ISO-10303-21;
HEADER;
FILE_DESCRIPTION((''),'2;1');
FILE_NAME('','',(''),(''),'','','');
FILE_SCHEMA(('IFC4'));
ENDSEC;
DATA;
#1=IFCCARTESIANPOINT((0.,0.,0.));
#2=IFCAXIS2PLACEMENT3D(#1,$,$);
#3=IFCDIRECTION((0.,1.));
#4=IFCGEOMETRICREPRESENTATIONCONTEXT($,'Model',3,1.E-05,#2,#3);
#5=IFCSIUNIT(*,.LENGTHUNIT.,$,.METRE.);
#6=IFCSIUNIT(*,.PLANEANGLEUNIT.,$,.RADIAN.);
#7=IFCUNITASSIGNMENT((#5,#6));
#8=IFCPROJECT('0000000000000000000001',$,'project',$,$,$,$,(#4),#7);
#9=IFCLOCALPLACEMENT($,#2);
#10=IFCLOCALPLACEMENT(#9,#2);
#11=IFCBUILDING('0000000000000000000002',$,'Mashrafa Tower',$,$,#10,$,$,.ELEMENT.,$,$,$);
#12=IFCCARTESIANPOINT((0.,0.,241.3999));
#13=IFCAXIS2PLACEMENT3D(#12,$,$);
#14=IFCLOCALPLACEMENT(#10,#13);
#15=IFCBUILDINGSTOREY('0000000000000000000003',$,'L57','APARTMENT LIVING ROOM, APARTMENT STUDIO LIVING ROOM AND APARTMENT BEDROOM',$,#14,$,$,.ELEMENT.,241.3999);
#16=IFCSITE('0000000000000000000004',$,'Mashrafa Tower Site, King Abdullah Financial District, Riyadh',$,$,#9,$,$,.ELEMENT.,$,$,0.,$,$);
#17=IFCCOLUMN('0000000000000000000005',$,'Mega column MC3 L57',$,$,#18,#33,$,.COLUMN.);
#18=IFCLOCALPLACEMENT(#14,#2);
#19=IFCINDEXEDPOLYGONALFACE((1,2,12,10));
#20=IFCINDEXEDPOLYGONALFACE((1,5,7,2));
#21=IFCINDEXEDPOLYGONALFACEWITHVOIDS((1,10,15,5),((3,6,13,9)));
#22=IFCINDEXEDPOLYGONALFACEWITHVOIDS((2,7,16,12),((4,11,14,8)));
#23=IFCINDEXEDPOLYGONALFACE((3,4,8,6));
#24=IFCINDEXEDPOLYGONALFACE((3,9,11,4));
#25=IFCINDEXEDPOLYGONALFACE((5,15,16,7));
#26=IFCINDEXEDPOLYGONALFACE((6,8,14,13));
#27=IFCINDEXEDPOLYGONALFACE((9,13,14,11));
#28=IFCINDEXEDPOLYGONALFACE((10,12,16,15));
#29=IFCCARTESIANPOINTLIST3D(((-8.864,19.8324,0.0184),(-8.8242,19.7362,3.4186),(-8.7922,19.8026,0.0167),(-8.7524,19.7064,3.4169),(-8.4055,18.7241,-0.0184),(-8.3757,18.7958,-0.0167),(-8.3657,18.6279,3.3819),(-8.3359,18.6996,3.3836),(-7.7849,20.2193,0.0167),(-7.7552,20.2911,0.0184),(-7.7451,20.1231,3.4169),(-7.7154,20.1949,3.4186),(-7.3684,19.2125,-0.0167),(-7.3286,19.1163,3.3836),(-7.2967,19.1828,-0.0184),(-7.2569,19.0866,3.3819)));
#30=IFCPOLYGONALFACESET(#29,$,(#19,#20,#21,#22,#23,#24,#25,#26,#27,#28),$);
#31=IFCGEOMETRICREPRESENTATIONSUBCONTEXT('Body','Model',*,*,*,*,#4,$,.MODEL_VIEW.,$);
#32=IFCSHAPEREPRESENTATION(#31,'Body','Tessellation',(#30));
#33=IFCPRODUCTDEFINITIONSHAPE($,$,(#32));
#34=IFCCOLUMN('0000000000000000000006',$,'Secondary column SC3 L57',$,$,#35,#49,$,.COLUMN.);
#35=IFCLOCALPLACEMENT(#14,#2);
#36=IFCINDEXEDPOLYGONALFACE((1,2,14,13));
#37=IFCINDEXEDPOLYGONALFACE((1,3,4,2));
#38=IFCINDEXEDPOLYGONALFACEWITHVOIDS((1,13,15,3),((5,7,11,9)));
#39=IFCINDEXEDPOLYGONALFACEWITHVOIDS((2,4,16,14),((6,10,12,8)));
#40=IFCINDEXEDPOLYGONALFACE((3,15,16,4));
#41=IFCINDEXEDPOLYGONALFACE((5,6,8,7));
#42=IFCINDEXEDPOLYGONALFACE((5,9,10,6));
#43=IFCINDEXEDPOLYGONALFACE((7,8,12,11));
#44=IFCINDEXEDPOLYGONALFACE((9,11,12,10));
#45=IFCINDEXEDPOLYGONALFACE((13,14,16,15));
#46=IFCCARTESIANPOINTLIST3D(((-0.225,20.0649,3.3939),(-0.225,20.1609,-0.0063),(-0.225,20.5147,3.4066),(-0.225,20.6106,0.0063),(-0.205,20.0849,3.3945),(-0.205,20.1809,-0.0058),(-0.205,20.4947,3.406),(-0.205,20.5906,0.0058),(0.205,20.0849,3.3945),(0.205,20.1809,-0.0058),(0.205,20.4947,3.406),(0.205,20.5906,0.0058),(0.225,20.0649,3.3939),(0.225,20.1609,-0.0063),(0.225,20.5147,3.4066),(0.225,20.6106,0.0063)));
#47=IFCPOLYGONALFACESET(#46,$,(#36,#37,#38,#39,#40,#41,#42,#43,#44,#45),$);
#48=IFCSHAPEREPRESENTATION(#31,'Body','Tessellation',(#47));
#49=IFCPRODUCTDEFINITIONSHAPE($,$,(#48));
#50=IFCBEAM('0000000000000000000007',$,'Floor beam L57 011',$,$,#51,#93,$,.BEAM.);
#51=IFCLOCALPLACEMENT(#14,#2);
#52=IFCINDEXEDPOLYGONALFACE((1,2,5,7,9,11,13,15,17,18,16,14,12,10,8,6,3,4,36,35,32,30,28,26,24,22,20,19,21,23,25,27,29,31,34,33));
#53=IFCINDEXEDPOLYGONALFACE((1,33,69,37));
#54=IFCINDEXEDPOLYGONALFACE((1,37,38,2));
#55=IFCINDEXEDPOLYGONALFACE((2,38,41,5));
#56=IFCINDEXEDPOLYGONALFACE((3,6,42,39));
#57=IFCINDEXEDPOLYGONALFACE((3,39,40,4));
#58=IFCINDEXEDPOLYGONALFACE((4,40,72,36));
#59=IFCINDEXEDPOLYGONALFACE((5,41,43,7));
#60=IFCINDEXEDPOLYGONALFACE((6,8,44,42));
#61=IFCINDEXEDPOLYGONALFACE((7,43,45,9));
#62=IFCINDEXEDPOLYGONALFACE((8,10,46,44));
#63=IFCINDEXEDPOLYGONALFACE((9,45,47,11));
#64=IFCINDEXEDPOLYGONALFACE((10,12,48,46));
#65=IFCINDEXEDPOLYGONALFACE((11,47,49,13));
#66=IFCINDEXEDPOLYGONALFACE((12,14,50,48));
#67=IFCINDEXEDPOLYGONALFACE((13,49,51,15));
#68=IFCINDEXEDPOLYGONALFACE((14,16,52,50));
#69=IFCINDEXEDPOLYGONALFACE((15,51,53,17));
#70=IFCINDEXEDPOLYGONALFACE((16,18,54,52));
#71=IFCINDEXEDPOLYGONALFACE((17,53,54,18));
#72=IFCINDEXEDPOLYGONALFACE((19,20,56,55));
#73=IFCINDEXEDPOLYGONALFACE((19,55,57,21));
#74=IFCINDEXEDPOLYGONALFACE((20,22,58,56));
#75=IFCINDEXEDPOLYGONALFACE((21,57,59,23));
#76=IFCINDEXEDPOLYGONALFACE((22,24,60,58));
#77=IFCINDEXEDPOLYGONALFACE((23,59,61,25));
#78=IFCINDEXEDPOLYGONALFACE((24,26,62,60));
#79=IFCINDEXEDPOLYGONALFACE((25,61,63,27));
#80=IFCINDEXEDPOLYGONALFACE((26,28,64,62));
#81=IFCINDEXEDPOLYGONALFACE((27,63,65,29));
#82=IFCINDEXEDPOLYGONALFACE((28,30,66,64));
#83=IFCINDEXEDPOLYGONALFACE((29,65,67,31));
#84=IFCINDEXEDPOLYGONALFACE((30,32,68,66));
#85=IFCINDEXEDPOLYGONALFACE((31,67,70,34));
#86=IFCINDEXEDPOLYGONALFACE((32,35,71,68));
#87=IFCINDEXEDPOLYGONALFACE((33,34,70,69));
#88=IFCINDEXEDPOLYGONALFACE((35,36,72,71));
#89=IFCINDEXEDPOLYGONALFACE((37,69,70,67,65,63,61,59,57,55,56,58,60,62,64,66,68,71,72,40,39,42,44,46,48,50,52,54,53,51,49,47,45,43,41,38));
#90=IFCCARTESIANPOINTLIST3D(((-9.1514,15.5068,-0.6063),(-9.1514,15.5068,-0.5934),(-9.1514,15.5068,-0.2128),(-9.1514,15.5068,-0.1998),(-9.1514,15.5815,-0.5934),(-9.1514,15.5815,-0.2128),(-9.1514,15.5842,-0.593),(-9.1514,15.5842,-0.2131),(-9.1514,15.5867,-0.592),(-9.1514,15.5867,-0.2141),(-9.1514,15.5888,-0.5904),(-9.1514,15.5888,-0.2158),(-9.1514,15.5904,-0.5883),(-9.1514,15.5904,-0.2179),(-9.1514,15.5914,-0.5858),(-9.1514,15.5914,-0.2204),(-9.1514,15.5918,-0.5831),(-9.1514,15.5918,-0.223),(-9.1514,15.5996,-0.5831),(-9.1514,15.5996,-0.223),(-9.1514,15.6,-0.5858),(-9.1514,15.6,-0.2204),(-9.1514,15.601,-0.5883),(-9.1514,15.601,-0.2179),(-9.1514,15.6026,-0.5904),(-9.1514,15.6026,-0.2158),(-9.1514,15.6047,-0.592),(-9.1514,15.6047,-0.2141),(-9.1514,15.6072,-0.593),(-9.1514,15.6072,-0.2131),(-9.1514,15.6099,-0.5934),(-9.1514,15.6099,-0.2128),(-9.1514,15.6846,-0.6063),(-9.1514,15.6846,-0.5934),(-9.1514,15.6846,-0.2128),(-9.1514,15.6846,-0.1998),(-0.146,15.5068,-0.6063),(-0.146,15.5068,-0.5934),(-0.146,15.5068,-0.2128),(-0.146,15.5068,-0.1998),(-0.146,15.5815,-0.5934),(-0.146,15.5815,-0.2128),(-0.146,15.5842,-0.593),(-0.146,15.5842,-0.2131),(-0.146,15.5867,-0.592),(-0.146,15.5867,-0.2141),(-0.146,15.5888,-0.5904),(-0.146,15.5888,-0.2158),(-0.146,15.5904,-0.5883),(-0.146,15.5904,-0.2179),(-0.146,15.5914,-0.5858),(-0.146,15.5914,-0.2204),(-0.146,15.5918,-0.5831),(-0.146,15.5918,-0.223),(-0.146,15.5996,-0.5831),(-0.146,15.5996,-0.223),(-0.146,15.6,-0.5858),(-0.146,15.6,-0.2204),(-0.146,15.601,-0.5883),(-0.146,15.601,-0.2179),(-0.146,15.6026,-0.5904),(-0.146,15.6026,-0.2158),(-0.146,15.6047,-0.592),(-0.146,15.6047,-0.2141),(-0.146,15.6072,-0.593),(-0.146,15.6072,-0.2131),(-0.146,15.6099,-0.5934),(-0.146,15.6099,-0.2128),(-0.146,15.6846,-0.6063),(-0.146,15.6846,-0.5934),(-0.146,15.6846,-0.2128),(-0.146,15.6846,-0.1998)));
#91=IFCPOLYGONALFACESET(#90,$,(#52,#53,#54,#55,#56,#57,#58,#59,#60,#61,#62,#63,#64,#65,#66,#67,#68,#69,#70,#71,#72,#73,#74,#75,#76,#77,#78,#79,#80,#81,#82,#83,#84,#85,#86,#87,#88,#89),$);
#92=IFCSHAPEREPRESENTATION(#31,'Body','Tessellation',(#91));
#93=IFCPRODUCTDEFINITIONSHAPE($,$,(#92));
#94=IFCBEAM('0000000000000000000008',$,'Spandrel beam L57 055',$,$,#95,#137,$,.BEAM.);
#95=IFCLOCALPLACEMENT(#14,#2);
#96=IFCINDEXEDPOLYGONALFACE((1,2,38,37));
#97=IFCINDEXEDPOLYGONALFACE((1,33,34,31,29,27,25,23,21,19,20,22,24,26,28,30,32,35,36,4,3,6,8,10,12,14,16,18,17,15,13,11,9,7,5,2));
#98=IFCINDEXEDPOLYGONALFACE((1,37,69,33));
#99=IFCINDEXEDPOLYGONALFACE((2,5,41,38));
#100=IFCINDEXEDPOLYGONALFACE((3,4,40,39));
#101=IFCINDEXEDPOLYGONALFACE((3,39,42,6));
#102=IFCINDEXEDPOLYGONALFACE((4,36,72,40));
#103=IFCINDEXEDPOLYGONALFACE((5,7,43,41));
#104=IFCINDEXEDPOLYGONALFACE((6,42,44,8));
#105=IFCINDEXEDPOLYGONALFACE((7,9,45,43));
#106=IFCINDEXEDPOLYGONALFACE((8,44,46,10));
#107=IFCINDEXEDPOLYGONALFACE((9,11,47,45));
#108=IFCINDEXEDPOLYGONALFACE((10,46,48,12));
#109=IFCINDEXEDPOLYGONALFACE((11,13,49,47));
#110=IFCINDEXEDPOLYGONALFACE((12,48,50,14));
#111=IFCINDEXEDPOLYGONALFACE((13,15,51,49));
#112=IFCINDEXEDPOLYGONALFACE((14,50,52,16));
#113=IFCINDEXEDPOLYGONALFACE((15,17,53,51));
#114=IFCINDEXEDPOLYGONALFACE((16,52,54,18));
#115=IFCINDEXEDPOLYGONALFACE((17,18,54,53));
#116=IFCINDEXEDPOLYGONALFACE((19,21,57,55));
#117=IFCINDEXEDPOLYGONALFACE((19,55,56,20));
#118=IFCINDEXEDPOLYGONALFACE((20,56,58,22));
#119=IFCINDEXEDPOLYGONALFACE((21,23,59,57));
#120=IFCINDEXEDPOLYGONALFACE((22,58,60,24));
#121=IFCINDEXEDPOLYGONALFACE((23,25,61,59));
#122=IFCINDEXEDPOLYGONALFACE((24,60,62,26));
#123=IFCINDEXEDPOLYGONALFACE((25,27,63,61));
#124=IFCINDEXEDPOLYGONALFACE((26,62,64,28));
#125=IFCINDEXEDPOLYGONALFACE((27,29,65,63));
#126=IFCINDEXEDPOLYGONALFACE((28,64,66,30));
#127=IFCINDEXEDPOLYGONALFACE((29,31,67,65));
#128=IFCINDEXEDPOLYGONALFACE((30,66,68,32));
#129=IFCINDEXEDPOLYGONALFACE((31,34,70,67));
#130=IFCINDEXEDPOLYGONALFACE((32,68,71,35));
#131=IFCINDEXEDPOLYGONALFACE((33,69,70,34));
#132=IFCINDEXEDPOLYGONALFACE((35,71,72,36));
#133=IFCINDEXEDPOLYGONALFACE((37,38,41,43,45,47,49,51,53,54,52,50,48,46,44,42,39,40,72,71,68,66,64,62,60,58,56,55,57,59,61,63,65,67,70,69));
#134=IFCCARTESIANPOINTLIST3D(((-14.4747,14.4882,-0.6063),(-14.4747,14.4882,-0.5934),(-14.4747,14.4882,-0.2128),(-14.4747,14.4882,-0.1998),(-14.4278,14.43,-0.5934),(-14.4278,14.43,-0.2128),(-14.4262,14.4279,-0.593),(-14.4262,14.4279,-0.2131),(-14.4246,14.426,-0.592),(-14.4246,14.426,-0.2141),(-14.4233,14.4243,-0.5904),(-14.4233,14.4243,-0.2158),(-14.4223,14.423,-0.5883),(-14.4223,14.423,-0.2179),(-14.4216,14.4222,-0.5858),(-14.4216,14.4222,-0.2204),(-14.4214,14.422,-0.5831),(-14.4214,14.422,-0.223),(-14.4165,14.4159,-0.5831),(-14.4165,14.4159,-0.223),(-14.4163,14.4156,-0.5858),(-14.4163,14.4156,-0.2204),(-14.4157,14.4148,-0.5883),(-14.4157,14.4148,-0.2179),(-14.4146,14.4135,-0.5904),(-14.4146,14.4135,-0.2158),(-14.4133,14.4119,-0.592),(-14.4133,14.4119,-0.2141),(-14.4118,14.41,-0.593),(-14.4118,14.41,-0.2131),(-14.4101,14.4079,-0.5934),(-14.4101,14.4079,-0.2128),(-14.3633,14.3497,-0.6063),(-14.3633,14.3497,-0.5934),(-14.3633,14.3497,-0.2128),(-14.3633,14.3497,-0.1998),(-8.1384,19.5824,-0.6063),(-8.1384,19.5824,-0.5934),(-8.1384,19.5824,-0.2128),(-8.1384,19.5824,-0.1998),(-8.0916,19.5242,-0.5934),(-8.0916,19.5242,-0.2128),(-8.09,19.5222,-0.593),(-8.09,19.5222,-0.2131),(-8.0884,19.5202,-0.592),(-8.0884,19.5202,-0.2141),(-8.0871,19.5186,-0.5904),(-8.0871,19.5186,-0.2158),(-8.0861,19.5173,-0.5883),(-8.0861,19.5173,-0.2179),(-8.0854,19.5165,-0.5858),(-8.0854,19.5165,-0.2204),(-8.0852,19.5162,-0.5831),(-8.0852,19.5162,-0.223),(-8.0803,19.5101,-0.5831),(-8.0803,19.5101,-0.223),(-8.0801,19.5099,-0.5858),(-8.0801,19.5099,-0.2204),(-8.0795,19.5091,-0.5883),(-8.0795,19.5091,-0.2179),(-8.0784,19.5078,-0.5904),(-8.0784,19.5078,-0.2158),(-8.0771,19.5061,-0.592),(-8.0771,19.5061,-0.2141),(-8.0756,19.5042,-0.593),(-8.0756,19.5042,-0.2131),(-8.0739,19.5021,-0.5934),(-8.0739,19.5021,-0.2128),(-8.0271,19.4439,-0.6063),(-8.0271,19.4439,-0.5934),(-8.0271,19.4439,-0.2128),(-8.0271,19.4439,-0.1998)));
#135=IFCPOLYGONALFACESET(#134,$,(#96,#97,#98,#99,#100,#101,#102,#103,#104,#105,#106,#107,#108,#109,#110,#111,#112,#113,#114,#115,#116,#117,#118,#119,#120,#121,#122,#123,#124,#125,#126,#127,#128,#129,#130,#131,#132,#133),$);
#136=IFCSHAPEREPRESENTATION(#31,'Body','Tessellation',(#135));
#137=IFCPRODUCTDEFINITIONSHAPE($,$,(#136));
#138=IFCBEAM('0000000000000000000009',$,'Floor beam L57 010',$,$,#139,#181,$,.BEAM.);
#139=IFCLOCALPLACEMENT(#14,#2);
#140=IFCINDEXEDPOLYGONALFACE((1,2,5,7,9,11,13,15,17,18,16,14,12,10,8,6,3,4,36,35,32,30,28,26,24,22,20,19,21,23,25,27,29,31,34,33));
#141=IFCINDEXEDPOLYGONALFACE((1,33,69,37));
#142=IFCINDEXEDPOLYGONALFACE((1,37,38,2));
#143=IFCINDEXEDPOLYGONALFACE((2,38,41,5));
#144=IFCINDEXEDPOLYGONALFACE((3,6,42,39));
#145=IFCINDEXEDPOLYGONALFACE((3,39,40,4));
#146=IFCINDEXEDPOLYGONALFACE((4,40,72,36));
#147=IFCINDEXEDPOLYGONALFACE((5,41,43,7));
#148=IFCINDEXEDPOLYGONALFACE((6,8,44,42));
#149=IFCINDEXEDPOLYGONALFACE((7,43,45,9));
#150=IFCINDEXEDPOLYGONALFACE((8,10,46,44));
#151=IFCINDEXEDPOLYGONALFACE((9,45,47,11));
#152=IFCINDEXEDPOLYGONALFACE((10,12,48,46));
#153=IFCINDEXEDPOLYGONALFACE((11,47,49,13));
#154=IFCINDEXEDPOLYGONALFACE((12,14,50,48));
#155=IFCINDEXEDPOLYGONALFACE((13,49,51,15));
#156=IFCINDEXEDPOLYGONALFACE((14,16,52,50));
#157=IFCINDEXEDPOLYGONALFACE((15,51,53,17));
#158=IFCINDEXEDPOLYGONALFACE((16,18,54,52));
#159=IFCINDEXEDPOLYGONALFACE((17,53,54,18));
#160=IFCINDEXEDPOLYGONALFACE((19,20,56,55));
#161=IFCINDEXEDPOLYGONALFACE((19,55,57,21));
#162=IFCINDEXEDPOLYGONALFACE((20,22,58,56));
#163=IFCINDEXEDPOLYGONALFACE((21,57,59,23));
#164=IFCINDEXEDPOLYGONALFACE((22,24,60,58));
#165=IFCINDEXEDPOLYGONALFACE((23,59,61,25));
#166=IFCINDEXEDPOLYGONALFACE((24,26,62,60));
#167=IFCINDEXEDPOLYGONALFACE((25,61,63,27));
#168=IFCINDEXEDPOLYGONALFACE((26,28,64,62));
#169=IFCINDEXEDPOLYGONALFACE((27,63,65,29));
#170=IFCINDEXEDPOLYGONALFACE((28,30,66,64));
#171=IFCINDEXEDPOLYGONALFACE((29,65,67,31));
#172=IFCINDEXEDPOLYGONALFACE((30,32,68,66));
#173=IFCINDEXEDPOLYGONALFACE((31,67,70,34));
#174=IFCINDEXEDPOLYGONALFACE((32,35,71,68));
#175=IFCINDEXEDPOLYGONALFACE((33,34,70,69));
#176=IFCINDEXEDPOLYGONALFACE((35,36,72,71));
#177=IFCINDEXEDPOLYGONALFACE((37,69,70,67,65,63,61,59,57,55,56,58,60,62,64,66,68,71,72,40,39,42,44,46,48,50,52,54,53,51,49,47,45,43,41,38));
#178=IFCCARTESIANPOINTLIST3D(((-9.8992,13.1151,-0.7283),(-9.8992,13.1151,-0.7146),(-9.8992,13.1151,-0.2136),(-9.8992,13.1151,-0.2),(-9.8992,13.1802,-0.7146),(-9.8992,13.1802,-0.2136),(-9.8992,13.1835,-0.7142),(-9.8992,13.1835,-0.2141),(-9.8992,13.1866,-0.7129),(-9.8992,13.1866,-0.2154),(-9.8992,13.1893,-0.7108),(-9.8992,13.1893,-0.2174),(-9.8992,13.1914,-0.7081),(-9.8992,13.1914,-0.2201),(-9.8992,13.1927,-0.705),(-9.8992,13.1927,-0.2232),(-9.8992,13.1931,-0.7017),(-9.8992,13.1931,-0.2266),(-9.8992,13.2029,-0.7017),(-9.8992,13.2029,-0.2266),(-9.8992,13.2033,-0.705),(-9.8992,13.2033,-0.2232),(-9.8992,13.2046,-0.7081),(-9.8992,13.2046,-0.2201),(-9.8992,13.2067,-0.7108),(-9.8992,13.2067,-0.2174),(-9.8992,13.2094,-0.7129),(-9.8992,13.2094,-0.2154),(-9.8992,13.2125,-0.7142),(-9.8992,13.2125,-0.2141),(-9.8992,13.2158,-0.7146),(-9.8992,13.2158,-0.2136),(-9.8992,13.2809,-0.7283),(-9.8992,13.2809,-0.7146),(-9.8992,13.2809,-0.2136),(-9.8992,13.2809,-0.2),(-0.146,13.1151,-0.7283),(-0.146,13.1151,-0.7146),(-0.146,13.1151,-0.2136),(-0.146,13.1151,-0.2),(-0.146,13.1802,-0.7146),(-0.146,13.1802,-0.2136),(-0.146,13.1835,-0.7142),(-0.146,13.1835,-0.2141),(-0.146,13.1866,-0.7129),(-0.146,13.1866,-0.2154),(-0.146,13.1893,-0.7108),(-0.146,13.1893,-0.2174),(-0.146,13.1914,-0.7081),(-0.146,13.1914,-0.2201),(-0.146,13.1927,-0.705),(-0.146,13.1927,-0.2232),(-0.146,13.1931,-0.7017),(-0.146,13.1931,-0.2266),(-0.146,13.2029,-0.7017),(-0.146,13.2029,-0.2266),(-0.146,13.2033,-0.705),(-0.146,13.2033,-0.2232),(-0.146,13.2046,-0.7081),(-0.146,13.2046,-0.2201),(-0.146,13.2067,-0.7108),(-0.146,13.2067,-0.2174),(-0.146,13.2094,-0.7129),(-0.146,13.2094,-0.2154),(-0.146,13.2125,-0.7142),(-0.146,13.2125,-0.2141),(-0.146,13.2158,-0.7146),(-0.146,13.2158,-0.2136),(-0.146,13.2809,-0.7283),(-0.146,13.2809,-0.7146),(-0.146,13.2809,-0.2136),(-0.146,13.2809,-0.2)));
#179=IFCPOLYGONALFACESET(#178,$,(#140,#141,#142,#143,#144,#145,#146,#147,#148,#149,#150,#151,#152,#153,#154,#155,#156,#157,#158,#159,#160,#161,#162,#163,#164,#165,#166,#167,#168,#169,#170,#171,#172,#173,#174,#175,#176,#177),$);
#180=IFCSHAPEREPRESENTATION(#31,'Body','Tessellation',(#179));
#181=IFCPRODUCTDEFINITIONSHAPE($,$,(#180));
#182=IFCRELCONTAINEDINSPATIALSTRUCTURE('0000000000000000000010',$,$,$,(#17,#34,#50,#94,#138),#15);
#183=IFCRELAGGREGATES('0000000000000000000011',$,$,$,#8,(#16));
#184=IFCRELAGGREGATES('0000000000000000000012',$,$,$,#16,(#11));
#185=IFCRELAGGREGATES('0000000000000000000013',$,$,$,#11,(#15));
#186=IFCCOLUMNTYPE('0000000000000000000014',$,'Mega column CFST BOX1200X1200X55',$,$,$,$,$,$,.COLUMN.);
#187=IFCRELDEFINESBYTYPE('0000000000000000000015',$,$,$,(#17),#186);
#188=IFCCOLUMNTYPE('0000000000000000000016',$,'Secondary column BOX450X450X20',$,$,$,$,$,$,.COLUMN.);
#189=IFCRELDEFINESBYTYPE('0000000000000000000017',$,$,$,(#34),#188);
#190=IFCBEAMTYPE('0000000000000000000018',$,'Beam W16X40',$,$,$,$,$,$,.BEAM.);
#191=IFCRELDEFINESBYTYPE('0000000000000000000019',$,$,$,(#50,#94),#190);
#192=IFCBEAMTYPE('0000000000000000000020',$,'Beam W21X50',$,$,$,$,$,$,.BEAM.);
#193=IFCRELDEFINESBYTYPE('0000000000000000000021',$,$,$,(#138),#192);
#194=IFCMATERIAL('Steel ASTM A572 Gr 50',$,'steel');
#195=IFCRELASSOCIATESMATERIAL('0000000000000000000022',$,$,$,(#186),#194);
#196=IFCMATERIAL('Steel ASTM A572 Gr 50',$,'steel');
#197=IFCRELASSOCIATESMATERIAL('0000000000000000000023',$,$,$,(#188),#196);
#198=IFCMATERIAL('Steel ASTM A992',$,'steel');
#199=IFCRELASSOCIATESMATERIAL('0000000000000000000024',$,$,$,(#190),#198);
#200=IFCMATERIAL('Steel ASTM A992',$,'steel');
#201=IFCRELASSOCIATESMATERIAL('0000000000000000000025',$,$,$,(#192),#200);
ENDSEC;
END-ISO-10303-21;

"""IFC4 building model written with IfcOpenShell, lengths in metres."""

from ifc_helpers import new_model, si_unit, direction, frame, origin, origin_2d, place, context, subcontext, project, spatial, hollow_rectangle, i_section, extrude, material, material_profile, profile_set, type_object, element, save


model = new_model("IFC4")

# Units and contexts
model_context = context("Model", 3, precision=1e-05, world=origin(), true_north=direction((0.0, 1.0)))
body_context = subcontext(model_context, "Body", "Model", "MODEL_VIEW")
ifc_project = project(units=[si_unit("LENGTHUNIT", "METRE"), si_unit("PLANEANGLEUNIT", "RADIAN")], contexts=[model_context])

# Site, building, storey
site_placement = place(None, origin())
site = spatial("IfcSite", under=ifc_project, at=site_placement, Name="Mashrafa Tower Site, King Abdullah Financial District, Riyadh", CompositionType="ELEMENT", RefElevation=0.0)
building_placement = place(site_placement, origin())
building = spatial("IfcBuilding", under=site, at=building_placement, Name="Mashrafa Tower", CompositionType="ELEMENT")
storey_placement = place(building_placement, frame((0.0, 0.0, 241.3999)))
storey = spatial("IfcBuildingStorey", under=building, at=storey_placement, Name="L57", Description="APARTMENT LIVING ROOM, APARTMENT STUDIO LIVING ROOM AND APARTMENT BEDROOM", CompositionType="ELEMENT", Elevation=241.3999)

# Columns
ifc_material_1 = material(Name="Steel ASTM A572 Gr 50", Category="steel")
ifc_material_profile_1 = material_profile(ifc_material_1, hollow_rectangle(XDim=1.2, YDim=1.2, WallThickness=0.0549, at=origin_2d()), Name="BOX1200X1200X55")
ifc_profile_set_1 = profile_set([ifc_material_profile_1], Name="Steel ASTM A572 Gr 50")
column_type_1 = type_object("IfcColumnType", Name="Mega column CFST BOX1200X1200X55", PredefinedType="COLUMN", material=ifc_profile_set_1)
column_1_placement = place(storey_placement, frame((-8.0803, 19.5076, 0.0), z_axis=(0.011698, -0.028277, 0.999532), x_axis=(0.924045, 0.382283, 0.0)))
element("IfcColumn", 1, at=column_1_placement, inside=storey, type_object=column_type_1, Name="Mega column MC3 L57", PredefinedType="COLUMN", context=body_context, shape_type="SweptSolid", body=[
    extrude(hollow_rectangle(XDim=1.2, YDim=1.2, WallThickness=0.0549, at=origin_2d()), origin(), (0.0, 0.0, 1.0), 3.4019),
])
ifc_material_2 = material(Name="Steel ASTM A572 Gr 50", Category="steel")
ifc_material_profile_2 = material_profile(ifc_material_2, hollow_rectangle(XDim=0.45, YDim=0.45, WallThickness=0.02, at=origin_2d()), Name="BOX450X450X20")
ifc_profile_set_2 = profile_set([ifc_material_profile_2], Name="Steel ASTM A572 Gr 50")
column_type_2 = type_object("IfcColumnType", Name="Secondary column BOX450X450X20", PredefinedType="COLUMN", material=ifc_profile_set_2)
column_2_placement = place(storey_placement, frame((0.0, 20.3857, 0.0), z_axis=(0.0, -0.028207, 0.999602), x_axis=(1.0, 0.0, 0.0)))
element("IfcColumn", 2, at=column_2_placement, inside=storey, type_object=column_type_2, Name="Secondary column SC3 L57", PredefinedType="COLUMN", context=body_context, shape_type="SweptSolid", body=[
    extrude(hollow_rectangle(XDim=0.45, YDim=0.45, WallThickness=0.02, at=origin_2d()), origin(), (0.0, 0.0, 1.0), 3.4016),
])

# Beams
ifc_material_3 = material(Name="Steel ASTM A992", Category="steel")
ifc_material_profile_3 = material_profile(ifc_material_3, i_section(OverallWidth=0.1777, OverallDepth=0.4065, WebThickness=0.0078, FlangeThickness=0.0129, FilletRadius=0.0103, at=origin_2d()), Name="W16X40")
ifc_profile_set_3 = profile_set([ifc_material_profile_3], Name="Steel ASTM A992")
beam_type_1 = type_object("IfcBeamType", Name="Beam W16X40", PredefinedType="BEAM", material=ifc_profile_set_3)
beam_1_placement = place(storey_placement, frame((-9.1514, 15.5957, -0.4031), z_axis=(1.0, 0.0, 0.0), x_axis=(0.0, 1.0, 0.0)))
element("IfcBeam", 3, at=beam_1_placement, inside=storey, type_object=beam_type_1, Name="Floor beam L57 011", PredefinedType="BEAM", context=body_context, shape_type="SweptSolid", body=[
    extrude(i_section(OverallWidth=0.1777, OverallDepth=0.4065, WebThickness=0.0078, FlangeThickness=0.0129, FilletRadius=0.0103, at=origin_2d()), origin(), (0.0, 0.0, 1.0), 9.0054),
])
beam_2_placement = place(storey_placement, frame((-8.0828, 19.5132, -0.4031), z_axis=(-0.779349, -0.62659, 0.0), x_axis=(0.62659, -0.779349, 0.0)))
element("IfcBeam", 4, at=beam_2_placement, inside=storey, type_object=beam_type_1, Name="Spandrel beam L57 055", PredefinedType="BEAM", context=body_context, shape_type="SweptSolid", body=[
    extrude(i_section(OverallWidth=0.1777, OverallDepth=0.4065, WebThickness=0.0078, FlangeThickness=0.0129, FilletRadius=0.0103, at=origin_2d()), origin(), (0.0, 0.0, 1.0), 8.1301),
])
ifc_material_4 = material(Name="Steel ASTM A992", Category="steel")
ifc_material_profile_4 = material_profile(ifc_material_4, i_section(OverallWidth=0.1658, OverallDepth=0.5283, WebThickness=0.0098, FlangeThickness=0.0137, FilletRadius=0.0129, at=origin_2d()), Name="W21X50")
ifc_profile_set_4 = profile_set([ifc_material_profile_4], Name="Steel ASTM A992")
beam_type_2 = type_object("IfcBeamType", Name="Beam W21X50", PredefinedType="BEAM", material=ifc_profile_set_4)
beam_3_placement = place(storey_placement, frame((-9.8992, 13.198, -0.4641), z_axis=(1.0, 0.0, 0.0), x_axis=(0.0, 1.0, 0.0)))
element("IfcBeam", 5, at=beam_3_placement, inside=storey, type_object=beam_type_2, Name="Floor beam L57 010", PredefinedType="BEAM", context=body_context, shape_type="SweptSolid", body=[
    extrude(i_section(OverallWidth=0.1658, OverallDepth=0.5283, WebThickness=0.0098, FlangeThickness=0.0137, FilletRadius=0.0129, at=origin_2d()), origin(), (0.0, 0.0, 1.0), 9.7532),
])

save(model, "model.ifc")
